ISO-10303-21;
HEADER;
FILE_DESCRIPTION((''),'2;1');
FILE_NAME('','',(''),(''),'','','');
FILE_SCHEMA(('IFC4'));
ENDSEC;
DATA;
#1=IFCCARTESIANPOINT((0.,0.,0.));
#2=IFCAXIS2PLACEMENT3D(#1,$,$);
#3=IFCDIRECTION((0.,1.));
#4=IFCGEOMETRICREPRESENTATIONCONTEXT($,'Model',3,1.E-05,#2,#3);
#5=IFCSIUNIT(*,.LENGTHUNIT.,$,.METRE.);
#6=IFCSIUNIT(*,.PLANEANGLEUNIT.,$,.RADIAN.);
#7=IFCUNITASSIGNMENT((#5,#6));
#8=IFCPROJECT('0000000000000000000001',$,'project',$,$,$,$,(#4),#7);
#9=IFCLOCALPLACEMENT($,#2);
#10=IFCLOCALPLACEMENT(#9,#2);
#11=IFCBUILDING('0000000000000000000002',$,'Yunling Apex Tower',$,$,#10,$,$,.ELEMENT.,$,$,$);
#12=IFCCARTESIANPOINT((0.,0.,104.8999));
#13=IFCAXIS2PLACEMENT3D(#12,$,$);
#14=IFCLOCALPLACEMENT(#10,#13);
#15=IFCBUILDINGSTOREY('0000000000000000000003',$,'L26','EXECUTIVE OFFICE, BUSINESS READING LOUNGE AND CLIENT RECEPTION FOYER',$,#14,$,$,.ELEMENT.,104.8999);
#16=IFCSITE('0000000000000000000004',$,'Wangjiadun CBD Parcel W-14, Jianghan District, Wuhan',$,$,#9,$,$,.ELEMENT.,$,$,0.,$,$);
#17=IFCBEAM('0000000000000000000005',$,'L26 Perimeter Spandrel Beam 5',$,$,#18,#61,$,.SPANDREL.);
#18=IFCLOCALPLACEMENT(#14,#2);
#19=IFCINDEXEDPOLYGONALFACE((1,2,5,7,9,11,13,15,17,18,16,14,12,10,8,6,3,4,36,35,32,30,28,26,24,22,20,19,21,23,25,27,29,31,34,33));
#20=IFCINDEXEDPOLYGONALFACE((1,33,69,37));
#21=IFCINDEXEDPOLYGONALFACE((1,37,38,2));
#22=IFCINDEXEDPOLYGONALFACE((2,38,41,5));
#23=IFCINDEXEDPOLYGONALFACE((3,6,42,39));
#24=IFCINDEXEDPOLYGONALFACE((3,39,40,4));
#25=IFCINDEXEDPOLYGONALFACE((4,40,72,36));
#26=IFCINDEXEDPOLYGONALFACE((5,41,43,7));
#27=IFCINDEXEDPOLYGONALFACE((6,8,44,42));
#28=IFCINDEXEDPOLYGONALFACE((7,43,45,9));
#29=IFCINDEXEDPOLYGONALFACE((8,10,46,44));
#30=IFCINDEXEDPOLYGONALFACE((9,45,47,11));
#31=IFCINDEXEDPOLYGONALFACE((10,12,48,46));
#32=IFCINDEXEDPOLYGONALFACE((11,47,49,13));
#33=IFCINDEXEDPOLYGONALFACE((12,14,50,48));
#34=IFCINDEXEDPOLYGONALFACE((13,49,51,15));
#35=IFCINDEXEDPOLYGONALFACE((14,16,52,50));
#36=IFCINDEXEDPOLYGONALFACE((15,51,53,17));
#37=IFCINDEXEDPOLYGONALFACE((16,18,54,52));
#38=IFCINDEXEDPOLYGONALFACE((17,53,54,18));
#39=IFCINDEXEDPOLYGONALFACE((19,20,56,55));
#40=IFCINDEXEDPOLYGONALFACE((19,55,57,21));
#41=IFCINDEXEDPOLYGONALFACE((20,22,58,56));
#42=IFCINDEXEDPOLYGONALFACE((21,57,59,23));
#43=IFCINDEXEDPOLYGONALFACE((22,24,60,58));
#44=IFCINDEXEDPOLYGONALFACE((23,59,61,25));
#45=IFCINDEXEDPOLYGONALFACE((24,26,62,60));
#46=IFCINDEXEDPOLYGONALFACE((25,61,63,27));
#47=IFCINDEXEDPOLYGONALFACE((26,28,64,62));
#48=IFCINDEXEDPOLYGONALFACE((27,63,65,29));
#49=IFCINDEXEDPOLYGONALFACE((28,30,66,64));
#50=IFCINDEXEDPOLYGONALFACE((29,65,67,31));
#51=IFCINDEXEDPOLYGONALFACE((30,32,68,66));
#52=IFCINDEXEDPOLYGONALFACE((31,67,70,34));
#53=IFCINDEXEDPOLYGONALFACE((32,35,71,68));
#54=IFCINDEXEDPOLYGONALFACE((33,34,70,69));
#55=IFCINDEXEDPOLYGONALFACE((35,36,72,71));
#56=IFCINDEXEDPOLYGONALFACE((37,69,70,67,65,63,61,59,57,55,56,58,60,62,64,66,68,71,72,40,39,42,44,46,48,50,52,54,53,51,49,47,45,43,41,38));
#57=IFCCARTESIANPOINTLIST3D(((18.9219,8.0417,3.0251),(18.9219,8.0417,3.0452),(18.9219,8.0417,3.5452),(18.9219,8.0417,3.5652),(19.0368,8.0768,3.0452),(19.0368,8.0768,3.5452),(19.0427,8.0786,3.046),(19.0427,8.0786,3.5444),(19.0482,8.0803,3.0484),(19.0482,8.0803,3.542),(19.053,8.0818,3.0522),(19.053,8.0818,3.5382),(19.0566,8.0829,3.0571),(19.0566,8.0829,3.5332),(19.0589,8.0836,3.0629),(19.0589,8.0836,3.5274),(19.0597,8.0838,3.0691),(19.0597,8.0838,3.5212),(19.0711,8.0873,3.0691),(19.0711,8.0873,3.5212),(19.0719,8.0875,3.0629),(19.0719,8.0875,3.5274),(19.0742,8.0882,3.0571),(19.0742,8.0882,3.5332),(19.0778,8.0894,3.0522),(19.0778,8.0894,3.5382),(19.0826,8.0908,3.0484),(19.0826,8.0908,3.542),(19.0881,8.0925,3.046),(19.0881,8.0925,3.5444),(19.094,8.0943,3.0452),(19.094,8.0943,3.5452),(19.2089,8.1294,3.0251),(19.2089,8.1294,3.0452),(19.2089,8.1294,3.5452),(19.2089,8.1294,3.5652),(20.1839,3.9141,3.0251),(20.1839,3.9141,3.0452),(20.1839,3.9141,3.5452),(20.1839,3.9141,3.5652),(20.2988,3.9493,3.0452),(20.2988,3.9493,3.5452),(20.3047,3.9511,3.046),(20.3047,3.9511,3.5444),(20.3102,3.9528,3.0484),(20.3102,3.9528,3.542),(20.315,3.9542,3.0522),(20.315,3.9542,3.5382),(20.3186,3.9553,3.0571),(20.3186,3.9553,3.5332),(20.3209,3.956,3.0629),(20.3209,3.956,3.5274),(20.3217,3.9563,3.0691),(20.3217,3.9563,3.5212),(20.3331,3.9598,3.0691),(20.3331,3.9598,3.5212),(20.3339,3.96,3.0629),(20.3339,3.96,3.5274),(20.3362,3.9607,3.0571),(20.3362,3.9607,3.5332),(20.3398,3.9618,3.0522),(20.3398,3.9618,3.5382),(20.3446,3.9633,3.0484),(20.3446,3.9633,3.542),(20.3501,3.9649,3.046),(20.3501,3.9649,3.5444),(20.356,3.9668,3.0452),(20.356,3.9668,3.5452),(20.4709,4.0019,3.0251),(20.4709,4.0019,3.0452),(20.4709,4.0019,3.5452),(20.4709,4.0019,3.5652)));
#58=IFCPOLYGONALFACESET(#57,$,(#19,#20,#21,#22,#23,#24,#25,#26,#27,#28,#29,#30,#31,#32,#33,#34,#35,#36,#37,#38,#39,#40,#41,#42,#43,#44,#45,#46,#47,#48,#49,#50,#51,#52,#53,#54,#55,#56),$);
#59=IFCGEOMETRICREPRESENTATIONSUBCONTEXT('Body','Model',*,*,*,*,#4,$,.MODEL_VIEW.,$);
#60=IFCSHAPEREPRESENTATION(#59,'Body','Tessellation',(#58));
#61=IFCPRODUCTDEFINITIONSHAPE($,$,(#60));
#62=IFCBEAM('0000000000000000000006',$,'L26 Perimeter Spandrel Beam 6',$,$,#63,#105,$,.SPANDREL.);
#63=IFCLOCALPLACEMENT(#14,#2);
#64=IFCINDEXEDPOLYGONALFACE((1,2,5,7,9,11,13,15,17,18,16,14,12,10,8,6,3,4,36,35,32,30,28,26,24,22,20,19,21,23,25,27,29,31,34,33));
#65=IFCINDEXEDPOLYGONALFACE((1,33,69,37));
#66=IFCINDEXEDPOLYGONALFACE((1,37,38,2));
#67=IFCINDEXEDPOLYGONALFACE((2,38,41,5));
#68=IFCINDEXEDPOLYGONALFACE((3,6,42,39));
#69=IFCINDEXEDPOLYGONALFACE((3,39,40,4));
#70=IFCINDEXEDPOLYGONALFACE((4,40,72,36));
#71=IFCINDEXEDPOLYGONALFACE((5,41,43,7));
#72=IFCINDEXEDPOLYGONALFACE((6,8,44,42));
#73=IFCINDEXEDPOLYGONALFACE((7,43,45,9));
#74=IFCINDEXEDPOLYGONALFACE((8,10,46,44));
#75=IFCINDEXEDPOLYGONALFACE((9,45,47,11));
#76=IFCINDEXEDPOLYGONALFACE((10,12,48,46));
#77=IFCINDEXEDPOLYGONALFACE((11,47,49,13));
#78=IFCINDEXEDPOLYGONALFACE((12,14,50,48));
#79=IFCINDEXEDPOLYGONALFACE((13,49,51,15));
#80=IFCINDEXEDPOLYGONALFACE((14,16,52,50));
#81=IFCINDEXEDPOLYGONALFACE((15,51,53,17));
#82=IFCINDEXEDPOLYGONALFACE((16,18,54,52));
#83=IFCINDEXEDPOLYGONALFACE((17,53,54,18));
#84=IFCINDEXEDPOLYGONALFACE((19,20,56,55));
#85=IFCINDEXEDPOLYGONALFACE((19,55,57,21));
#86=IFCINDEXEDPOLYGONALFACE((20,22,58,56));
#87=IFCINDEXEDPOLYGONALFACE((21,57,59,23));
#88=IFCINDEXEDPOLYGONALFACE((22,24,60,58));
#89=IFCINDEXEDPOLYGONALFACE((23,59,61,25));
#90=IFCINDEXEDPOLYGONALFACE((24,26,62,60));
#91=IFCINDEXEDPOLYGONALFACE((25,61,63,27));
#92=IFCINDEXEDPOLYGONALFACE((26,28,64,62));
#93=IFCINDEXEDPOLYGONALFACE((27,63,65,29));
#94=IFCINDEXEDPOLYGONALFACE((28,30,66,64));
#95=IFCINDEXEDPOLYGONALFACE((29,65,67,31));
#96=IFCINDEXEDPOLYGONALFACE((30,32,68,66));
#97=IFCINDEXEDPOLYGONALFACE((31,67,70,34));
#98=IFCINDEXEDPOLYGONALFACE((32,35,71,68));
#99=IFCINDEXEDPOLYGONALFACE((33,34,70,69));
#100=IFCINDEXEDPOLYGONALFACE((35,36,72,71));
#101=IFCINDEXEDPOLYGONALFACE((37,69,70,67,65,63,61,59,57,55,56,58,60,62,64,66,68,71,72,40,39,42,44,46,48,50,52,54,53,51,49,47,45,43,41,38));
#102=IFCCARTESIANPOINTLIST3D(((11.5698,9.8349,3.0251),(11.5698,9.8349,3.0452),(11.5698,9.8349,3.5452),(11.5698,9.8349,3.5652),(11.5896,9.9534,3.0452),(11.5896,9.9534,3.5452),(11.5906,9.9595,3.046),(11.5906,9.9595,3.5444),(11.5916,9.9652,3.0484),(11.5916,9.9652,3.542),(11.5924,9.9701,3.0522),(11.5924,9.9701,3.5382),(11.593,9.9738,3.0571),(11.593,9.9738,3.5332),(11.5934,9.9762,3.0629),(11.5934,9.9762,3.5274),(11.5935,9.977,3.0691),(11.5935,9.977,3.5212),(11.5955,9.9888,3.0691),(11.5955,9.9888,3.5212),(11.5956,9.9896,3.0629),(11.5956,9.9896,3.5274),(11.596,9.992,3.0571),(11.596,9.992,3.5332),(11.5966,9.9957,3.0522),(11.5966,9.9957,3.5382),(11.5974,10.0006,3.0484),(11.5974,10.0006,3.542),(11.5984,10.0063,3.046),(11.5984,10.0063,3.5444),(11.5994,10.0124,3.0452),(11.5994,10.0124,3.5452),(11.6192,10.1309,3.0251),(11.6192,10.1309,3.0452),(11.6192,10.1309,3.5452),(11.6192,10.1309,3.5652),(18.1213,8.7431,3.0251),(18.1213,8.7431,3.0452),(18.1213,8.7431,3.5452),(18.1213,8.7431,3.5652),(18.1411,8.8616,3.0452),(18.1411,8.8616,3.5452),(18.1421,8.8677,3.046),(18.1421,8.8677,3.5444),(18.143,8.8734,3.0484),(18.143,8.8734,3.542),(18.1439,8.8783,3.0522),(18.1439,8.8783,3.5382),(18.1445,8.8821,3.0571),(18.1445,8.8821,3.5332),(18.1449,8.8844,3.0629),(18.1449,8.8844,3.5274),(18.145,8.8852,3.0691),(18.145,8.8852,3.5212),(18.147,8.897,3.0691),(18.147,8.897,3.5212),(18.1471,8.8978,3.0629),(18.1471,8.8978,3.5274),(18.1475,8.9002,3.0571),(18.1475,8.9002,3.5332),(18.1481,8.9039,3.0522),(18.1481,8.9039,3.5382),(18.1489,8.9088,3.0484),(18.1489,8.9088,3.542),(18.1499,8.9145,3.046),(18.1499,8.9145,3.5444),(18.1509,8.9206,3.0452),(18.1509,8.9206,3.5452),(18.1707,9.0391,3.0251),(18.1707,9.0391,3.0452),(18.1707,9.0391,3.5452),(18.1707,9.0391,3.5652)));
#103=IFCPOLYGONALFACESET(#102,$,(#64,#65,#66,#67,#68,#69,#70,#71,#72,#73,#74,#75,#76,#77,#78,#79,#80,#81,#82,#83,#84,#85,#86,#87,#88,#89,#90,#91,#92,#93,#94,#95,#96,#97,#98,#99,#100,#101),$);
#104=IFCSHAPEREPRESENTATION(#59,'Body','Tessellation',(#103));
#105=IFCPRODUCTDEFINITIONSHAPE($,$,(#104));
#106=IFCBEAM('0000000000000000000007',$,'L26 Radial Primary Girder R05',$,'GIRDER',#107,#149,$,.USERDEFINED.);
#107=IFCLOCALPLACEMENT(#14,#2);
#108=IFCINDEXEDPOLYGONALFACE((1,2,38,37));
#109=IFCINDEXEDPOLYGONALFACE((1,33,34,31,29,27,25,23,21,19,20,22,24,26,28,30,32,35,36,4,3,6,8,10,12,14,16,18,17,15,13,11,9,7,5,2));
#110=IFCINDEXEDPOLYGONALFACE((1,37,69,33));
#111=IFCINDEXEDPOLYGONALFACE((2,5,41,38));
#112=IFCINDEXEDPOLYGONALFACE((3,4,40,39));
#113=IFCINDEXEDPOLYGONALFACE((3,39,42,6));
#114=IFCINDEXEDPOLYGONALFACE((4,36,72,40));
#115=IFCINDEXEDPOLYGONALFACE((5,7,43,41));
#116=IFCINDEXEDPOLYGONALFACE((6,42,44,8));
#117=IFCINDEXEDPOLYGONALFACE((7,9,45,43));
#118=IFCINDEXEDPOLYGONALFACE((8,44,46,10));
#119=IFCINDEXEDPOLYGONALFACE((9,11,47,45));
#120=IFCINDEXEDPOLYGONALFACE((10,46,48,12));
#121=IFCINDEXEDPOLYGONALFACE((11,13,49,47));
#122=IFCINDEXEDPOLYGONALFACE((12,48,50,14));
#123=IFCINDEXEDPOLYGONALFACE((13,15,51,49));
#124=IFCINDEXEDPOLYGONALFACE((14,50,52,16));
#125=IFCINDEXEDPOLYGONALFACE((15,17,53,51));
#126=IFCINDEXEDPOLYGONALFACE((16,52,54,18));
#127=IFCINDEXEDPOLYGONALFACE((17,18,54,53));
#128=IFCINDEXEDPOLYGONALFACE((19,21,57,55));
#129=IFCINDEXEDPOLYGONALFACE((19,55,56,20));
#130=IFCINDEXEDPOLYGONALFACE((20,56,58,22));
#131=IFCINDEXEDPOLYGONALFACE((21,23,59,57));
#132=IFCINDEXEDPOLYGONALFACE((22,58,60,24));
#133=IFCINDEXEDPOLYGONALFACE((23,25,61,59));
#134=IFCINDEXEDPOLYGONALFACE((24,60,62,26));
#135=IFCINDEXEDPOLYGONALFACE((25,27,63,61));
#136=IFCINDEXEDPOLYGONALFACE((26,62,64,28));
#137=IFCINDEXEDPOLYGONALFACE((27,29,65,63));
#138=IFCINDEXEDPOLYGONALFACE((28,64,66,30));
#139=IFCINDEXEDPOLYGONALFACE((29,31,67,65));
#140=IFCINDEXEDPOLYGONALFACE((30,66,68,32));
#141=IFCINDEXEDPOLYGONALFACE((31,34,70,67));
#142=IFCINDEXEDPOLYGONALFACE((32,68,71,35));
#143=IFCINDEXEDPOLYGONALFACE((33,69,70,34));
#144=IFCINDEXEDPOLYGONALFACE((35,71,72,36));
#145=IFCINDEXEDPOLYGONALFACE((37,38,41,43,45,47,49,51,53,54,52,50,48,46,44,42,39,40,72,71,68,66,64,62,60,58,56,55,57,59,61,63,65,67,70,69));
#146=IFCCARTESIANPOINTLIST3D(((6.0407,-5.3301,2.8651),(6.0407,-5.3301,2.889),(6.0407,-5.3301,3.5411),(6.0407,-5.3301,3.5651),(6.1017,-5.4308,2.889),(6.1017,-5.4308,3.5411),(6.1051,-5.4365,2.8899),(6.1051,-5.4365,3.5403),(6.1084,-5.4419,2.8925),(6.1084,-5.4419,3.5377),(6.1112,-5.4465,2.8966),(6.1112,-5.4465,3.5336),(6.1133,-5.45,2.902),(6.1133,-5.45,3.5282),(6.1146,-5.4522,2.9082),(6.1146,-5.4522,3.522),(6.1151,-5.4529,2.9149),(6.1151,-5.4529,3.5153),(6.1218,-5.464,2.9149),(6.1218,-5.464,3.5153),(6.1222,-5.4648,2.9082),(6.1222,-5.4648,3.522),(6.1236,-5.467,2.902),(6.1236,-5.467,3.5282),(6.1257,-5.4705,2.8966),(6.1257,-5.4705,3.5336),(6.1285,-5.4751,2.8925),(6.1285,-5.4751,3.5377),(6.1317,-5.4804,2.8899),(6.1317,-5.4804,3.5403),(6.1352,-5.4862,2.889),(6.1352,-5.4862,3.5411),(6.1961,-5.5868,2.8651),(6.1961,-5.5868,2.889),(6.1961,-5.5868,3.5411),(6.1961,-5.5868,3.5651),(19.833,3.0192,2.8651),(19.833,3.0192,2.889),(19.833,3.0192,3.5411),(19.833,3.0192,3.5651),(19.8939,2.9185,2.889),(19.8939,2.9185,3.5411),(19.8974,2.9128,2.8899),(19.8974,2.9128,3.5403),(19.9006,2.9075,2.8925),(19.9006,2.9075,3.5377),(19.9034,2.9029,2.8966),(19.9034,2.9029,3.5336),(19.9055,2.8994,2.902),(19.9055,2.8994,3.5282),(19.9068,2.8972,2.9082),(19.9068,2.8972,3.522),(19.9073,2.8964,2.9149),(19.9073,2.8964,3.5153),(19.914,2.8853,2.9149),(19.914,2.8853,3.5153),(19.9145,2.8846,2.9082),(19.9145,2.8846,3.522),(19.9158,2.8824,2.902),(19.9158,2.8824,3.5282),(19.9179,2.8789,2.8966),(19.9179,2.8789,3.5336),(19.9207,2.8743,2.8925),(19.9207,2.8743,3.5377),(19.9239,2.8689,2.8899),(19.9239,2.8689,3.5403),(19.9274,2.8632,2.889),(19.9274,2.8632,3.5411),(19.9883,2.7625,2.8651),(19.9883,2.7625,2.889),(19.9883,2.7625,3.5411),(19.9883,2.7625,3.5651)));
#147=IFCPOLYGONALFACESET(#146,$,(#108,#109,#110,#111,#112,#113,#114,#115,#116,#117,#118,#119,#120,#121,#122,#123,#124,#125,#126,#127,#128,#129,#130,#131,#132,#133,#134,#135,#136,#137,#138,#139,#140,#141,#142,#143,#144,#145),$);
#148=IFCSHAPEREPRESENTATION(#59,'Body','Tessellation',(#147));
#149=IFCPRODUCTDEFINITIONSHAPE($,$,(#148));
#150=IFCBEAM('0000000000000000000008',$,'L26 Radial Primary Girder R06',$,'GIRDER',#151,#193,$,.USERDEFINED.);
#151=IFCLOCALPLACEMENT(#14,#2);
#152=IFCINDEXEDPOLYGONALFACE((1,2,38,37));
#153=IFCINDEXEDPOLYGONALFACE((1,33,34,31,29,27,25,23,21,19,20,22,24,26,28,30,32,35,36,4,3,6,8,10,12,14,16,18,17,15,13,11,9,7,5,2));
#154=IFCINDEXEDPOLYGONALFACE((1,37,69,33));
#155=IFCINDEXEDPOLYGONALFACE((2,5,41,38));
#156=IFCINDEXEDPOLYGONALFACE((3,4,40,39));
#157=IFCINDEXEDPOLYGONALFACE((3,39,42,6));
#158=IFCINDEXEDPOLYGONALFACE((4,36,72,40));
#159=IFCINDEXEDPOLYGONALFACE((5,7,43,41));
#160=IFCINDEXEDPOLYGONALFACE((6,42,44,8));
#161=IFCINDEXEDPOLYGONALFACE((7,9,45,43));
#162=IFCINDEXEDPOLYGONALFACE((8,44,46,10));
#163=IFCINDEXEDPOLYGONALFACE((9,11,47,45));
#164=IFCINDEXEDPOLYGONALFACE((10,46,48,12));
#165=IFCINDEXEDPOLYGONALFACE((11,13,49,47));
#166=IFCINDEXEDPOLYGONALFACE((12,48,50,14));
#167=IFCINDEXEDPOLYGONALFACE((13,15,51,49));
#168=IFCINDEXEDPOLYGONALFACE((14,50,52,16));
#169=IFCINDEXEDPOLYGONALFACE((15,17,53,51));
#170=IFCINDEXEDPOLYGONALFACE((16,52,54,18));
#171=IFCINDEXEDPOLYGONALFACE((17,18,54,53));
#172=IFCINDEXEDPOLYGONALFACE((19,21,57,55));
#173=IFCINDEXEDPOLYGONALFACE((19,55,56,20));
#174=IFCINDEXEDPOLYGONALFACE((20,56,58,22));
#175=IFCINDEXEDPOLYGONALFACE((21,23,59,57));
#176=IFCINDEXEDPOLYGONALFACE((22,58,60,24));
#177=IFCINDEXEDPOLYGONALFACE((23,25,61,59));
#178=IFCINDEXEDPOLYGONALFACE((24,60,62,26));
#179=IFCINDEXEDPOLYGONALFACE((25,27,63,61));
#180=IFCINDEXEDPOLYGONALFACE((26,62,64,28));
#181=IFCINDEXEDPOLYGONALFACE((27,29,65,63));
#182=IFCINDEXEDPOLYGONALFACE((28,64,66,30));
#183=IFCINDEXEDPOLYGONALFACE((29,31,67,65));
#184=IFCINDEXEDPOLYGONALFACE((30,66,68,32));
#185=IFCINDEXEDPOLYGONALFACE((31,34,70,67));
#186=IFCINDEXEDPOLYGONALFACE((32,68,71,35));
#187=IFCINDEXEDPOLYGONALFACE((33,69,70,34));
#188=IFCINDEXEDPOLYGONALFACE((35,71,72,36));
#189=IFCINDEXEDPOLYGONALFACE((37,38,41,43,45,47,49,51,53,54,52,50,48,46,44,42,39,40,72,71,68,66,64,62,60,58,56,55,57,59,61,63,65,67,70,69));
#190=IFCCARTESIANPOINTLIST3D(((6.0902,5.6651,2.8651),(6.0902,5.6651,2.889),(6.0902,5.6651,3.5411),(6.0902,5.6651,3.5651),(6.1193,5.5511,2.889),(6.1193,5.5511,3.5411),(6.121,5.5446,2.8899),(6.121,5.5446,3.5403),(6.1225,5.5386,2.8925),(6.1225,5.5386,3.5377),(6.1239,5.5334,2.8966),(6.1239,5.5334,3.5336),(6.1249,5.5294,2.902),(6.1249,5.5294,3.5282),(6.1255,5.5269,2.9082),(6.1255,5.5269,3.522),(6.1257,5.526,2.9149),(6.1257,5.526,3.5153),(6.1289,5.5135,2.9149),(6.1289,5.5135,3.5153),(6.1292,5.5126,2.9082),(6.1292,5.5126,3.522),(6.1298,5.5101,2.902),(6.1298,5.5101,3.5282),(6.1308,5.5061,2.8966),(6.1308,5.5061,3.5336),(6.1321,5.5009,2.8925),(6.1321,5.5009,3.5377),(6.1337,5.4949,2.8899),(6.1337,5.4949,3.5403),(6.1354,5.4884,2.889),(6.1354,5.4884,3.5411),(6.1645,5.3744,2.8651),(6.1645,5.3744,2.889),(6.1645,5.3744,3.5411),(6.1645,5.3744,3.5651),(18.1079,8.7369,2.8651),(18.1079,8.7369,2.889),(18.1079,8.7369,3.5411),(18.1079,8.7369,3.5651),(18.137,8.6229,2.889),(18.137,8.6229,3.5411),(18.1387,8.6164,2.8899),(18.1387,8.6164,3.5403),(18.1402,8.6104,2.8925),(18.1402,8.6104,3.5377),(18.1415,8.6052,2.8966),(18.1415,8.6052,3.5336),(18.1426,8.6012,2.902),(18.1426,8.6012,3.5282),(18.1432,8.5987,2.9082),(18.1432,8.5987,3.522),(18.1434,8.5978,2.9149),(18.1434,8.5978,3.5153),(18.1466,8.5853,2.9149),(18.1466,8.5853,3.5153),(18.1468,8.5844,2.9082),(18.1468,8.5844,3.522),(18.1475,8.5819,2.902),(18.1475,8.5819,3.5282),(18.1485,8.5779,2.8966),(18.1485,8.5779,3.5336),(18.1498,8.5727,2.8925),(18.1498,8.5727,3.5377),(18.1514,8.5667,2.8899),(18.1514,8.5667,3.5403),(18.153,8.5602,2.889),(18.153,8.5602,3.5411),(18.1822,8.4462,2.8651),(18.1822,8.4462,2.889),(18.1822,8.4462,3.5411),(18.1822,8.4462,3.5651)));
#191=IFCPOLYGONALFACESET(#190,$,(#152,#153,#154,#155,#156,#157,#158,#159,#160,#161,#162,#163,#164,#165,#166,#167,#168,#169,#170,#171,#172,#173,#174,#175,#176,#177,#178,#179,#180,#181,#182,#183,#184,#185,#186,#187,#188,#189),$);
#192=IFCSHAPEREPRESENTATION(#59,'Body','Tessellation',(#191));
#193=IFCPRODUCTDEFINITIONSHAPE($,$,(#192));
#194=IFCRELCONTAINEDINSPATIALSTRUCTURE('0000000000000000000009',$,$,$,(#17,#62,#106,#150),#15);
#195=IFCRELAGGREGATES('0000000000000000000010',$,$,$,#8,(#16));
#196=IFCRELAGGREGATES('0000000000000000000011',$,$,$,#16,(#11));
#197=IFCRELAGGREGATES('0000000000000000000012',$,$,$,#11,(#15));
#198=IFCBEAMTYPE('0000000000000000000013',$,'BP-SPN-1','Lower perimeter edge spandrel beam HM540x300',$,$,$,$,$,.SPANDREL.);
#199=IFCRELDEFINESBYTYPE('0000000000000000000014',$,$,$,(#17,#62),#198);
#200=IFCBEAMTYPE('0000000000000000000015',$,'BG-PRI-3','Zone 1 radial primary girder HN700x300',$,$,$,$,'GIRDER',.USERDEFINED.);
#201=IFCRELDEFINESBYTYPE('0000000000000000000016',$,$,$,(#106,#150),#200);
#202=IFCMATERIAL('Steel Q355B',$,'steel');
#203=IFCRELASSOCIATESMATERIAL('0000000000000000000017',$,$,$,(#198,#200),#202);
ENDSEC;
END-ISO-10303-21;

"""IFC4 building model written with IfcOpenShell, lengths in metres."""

from ifc_helpers import new_model, si_unit, direction, frame, origin, origin_2d, place, context, subcontext, project, spatial, i_section, extrude, source, transform, mapped, material, material_profile, profile_set, type_object, element, save


model = new_model("IFC4")

# Units and contexts
model_context = context("Model", 3, precision=1e-05, world=origin(), true_north=direction((0.0, 1.0)))
body_context = subcontext(model_context, "Body", "Model", "MODEL_VIEW")
ifc_project = project(units=[si_unit("LENGTHUNIT", "METRE"), si_unit("PLANEANGLEUNIT", "RADIAN")], contexts=[model_context])

# Site, building, storey
site_placement = place(None, origin())
site = spatial("IfcSite", under=ifc_project, at=site_placement, Name="Wangjiadun CBD Parcel W-14, Jianghan District, Wuhan", CompositionType="ELEMENT", RefElevation=0.0)
building_placement = place(site_placement, origin())
building = spatial("IfcBuilding", under=site, at=building_placement, Name="Yunling Apex Tower", CompositionType="ELEMENT")
storey_placement = place(building_placement, frame((0.0, 0.0, 104.8999)))
storey = spatial("IfcBuildingStorey", under=building, at=storey_placement, Name="L26", Description="EXECUTIVE OFFICE, BUSINESS READING LOUNGE AND CLIENT RECEPTION FOYER", CompositionType="ELEMENT", Elevation=104.8999)

# Beams
ifc_material_1 = material(Name="Steel Q355B", Category="steel")
ifc_material_profile_1 = material_profile(ifc_material_1, i_section(OverallWidth=0.3, OverallDepth=0.54, WebThickness=0.012, FlangeThickness=0.02, FilletRadius=0.0239, at=origin_2d()))
ifc_profile_set_1 = profile_set([ifc_material_profile_1], Name="Steel Q355B")
beam_type_1 = type_object("IfcBeamType", Name="BP-SPN-1", Description="Lower perimeter edge spandrel beam HM540x300", PredefinedType="SPANDREL", material=ifc_profile_set_1)
shared_shape_1 = source(origin(), body_context, "Body", "SweptSolid", [
    extrude(i_section(OverallWidth=0.3, OverallDepth=0.54, WebThickness=0.012, FlangeThickness=0.02, FilletRadius=0.0239, at=origin_2d()), origin(), (0.0, 0.0, 1.0), 4.3162),
])
beam_1_placement = place(storey_placement, frame((20.3274, 3.958, 3.2952), z_axis=(-0.292388, 0.9563, 0.0), x_axis=(-0.9563, -0.292388, 0.0)))
element("IfcBeam", 1, at=beam_1_placement, inside=storey, type_object=beam_type_1, Name="L26 Perimeter Spandrel Beam 5", PredefinedType="SPANDREL", context=body_context, shape_type="MappedRepresentation", body=[
    mapped(shared_shape_1, transform((0.0, 0.0, 0.0), scale=1.0)),
])
shared_shape_2 = source(origin(), body_context, "Body", "SweptSolid", [
    extrude(i_section(OverallWidth=0.3, OverallDepth=0.54, WebThickness=0.012, FlangeThickness=0.02, FilletRadius=0.0239, at=origin_2d()), origin(), (0.0, 0.0, 1.0), 6.6418),
])
beam_2_placement = place(storey_placement, frame((18.146, 8.8911, 3.2952), z_axis=(-0.986397, 0.164381, 0.0), x_axis=(-0.164381, -0.986397, 0.0)))
element("IfcBeam", 2, at=beam_2_placement, inside=storey, type_object=beam_type_1, Name="L26 Perimeter Spandrel Beam 6", PredefinedType="SPANDREL", context=body_context, shape_type="MappedRepresentation", body=[
    mapped(shared_shape_2, transform((0.0, 0.0, 0.0), scale=1.0)),
])
ifc_material_profile_2 = material_profile(ifc_material_1, i_section(OverallWidth=0.3, OverallDepth=0.7, WebThickness=0.0129, FlangeThickness=0.0239, FilletRadius=0.0259, at=origin_2d()))
ifc_profile_set_2 = profile_set([ifc_material_profile_2], Name="Steel Q355B")
beam_type_2 = type_object("IfcBeamType", Name="BG-PRI-3", Description="Zone 1 radial primary girder HN700x300", ElementType="GIRDER", PredefinedType="USERDEFINED", material=ifc_profile_set_2)
shared_shape_3 = source(origin(), body_context, "Body", "SweptSolid", [
    extrude(i_section(OverallWidth=0.3, OverallDepth=0.7, WebThickness=0.0129, FlangeThickness=0.0239, FilletRadius=0.0259, at=origin_2d()), origin(), (0.0, 0.0, 1.0), 16.1226),
])
beam_3_placement = place(storey_placement, frame((19.9106, 2.8909, 3.2151), z_axis=(-0.855461, -0.517868, 0.0), x_axis=(0.517868, -0.855461, 0.0)))
element("IfcBeam", 3, at=beam_3_placement, inside=storey, type_object=beam_type_2, Name="L26 Radial Primary Girder R05", ObjectType="GIRDER", PredefinedType="USERDEFINED", context=body_context, shape_type="MappedRepresentation", body=[
    mapped(shared_shape_3, transform((0.0, 0.0, 0.0), scale=1.0)),
])
shared_shape_4 = source(origin(), body_context, "Body", "SweptSolid", [
    extrude(i_section(OverallWidth=0.3, OverallDepth=0.7, WebThickness=0.0129, FlangeThickness=0.0239, FilletRadius=0.0259, at=origin_2d()), origin(), (0.0, 0.0, 1.0), 12.4041),
])
beam_4_placement = place(storey_placement, frame((18.145, 8.5916, 3.2151), z_axis=(-0.968851, -0.247645, 0.0), x_axis=(0.247645, -0.968851, 0.0)))
element("IfcBeam", 4, at=beam_4_placement, inside=storey, type_object=beam_type_2, Name="L26 Radial Primary Girder R06", ObjectType="GIRDER", PredefinedType="USERDEFINED", context=body_context, shape_type="MappedRepresentation", body=[
    mapped(shared_shape_4, transform((0.0, 0.0, 0.0), scale=1.0)),
])

save(model, "model.ifc")
